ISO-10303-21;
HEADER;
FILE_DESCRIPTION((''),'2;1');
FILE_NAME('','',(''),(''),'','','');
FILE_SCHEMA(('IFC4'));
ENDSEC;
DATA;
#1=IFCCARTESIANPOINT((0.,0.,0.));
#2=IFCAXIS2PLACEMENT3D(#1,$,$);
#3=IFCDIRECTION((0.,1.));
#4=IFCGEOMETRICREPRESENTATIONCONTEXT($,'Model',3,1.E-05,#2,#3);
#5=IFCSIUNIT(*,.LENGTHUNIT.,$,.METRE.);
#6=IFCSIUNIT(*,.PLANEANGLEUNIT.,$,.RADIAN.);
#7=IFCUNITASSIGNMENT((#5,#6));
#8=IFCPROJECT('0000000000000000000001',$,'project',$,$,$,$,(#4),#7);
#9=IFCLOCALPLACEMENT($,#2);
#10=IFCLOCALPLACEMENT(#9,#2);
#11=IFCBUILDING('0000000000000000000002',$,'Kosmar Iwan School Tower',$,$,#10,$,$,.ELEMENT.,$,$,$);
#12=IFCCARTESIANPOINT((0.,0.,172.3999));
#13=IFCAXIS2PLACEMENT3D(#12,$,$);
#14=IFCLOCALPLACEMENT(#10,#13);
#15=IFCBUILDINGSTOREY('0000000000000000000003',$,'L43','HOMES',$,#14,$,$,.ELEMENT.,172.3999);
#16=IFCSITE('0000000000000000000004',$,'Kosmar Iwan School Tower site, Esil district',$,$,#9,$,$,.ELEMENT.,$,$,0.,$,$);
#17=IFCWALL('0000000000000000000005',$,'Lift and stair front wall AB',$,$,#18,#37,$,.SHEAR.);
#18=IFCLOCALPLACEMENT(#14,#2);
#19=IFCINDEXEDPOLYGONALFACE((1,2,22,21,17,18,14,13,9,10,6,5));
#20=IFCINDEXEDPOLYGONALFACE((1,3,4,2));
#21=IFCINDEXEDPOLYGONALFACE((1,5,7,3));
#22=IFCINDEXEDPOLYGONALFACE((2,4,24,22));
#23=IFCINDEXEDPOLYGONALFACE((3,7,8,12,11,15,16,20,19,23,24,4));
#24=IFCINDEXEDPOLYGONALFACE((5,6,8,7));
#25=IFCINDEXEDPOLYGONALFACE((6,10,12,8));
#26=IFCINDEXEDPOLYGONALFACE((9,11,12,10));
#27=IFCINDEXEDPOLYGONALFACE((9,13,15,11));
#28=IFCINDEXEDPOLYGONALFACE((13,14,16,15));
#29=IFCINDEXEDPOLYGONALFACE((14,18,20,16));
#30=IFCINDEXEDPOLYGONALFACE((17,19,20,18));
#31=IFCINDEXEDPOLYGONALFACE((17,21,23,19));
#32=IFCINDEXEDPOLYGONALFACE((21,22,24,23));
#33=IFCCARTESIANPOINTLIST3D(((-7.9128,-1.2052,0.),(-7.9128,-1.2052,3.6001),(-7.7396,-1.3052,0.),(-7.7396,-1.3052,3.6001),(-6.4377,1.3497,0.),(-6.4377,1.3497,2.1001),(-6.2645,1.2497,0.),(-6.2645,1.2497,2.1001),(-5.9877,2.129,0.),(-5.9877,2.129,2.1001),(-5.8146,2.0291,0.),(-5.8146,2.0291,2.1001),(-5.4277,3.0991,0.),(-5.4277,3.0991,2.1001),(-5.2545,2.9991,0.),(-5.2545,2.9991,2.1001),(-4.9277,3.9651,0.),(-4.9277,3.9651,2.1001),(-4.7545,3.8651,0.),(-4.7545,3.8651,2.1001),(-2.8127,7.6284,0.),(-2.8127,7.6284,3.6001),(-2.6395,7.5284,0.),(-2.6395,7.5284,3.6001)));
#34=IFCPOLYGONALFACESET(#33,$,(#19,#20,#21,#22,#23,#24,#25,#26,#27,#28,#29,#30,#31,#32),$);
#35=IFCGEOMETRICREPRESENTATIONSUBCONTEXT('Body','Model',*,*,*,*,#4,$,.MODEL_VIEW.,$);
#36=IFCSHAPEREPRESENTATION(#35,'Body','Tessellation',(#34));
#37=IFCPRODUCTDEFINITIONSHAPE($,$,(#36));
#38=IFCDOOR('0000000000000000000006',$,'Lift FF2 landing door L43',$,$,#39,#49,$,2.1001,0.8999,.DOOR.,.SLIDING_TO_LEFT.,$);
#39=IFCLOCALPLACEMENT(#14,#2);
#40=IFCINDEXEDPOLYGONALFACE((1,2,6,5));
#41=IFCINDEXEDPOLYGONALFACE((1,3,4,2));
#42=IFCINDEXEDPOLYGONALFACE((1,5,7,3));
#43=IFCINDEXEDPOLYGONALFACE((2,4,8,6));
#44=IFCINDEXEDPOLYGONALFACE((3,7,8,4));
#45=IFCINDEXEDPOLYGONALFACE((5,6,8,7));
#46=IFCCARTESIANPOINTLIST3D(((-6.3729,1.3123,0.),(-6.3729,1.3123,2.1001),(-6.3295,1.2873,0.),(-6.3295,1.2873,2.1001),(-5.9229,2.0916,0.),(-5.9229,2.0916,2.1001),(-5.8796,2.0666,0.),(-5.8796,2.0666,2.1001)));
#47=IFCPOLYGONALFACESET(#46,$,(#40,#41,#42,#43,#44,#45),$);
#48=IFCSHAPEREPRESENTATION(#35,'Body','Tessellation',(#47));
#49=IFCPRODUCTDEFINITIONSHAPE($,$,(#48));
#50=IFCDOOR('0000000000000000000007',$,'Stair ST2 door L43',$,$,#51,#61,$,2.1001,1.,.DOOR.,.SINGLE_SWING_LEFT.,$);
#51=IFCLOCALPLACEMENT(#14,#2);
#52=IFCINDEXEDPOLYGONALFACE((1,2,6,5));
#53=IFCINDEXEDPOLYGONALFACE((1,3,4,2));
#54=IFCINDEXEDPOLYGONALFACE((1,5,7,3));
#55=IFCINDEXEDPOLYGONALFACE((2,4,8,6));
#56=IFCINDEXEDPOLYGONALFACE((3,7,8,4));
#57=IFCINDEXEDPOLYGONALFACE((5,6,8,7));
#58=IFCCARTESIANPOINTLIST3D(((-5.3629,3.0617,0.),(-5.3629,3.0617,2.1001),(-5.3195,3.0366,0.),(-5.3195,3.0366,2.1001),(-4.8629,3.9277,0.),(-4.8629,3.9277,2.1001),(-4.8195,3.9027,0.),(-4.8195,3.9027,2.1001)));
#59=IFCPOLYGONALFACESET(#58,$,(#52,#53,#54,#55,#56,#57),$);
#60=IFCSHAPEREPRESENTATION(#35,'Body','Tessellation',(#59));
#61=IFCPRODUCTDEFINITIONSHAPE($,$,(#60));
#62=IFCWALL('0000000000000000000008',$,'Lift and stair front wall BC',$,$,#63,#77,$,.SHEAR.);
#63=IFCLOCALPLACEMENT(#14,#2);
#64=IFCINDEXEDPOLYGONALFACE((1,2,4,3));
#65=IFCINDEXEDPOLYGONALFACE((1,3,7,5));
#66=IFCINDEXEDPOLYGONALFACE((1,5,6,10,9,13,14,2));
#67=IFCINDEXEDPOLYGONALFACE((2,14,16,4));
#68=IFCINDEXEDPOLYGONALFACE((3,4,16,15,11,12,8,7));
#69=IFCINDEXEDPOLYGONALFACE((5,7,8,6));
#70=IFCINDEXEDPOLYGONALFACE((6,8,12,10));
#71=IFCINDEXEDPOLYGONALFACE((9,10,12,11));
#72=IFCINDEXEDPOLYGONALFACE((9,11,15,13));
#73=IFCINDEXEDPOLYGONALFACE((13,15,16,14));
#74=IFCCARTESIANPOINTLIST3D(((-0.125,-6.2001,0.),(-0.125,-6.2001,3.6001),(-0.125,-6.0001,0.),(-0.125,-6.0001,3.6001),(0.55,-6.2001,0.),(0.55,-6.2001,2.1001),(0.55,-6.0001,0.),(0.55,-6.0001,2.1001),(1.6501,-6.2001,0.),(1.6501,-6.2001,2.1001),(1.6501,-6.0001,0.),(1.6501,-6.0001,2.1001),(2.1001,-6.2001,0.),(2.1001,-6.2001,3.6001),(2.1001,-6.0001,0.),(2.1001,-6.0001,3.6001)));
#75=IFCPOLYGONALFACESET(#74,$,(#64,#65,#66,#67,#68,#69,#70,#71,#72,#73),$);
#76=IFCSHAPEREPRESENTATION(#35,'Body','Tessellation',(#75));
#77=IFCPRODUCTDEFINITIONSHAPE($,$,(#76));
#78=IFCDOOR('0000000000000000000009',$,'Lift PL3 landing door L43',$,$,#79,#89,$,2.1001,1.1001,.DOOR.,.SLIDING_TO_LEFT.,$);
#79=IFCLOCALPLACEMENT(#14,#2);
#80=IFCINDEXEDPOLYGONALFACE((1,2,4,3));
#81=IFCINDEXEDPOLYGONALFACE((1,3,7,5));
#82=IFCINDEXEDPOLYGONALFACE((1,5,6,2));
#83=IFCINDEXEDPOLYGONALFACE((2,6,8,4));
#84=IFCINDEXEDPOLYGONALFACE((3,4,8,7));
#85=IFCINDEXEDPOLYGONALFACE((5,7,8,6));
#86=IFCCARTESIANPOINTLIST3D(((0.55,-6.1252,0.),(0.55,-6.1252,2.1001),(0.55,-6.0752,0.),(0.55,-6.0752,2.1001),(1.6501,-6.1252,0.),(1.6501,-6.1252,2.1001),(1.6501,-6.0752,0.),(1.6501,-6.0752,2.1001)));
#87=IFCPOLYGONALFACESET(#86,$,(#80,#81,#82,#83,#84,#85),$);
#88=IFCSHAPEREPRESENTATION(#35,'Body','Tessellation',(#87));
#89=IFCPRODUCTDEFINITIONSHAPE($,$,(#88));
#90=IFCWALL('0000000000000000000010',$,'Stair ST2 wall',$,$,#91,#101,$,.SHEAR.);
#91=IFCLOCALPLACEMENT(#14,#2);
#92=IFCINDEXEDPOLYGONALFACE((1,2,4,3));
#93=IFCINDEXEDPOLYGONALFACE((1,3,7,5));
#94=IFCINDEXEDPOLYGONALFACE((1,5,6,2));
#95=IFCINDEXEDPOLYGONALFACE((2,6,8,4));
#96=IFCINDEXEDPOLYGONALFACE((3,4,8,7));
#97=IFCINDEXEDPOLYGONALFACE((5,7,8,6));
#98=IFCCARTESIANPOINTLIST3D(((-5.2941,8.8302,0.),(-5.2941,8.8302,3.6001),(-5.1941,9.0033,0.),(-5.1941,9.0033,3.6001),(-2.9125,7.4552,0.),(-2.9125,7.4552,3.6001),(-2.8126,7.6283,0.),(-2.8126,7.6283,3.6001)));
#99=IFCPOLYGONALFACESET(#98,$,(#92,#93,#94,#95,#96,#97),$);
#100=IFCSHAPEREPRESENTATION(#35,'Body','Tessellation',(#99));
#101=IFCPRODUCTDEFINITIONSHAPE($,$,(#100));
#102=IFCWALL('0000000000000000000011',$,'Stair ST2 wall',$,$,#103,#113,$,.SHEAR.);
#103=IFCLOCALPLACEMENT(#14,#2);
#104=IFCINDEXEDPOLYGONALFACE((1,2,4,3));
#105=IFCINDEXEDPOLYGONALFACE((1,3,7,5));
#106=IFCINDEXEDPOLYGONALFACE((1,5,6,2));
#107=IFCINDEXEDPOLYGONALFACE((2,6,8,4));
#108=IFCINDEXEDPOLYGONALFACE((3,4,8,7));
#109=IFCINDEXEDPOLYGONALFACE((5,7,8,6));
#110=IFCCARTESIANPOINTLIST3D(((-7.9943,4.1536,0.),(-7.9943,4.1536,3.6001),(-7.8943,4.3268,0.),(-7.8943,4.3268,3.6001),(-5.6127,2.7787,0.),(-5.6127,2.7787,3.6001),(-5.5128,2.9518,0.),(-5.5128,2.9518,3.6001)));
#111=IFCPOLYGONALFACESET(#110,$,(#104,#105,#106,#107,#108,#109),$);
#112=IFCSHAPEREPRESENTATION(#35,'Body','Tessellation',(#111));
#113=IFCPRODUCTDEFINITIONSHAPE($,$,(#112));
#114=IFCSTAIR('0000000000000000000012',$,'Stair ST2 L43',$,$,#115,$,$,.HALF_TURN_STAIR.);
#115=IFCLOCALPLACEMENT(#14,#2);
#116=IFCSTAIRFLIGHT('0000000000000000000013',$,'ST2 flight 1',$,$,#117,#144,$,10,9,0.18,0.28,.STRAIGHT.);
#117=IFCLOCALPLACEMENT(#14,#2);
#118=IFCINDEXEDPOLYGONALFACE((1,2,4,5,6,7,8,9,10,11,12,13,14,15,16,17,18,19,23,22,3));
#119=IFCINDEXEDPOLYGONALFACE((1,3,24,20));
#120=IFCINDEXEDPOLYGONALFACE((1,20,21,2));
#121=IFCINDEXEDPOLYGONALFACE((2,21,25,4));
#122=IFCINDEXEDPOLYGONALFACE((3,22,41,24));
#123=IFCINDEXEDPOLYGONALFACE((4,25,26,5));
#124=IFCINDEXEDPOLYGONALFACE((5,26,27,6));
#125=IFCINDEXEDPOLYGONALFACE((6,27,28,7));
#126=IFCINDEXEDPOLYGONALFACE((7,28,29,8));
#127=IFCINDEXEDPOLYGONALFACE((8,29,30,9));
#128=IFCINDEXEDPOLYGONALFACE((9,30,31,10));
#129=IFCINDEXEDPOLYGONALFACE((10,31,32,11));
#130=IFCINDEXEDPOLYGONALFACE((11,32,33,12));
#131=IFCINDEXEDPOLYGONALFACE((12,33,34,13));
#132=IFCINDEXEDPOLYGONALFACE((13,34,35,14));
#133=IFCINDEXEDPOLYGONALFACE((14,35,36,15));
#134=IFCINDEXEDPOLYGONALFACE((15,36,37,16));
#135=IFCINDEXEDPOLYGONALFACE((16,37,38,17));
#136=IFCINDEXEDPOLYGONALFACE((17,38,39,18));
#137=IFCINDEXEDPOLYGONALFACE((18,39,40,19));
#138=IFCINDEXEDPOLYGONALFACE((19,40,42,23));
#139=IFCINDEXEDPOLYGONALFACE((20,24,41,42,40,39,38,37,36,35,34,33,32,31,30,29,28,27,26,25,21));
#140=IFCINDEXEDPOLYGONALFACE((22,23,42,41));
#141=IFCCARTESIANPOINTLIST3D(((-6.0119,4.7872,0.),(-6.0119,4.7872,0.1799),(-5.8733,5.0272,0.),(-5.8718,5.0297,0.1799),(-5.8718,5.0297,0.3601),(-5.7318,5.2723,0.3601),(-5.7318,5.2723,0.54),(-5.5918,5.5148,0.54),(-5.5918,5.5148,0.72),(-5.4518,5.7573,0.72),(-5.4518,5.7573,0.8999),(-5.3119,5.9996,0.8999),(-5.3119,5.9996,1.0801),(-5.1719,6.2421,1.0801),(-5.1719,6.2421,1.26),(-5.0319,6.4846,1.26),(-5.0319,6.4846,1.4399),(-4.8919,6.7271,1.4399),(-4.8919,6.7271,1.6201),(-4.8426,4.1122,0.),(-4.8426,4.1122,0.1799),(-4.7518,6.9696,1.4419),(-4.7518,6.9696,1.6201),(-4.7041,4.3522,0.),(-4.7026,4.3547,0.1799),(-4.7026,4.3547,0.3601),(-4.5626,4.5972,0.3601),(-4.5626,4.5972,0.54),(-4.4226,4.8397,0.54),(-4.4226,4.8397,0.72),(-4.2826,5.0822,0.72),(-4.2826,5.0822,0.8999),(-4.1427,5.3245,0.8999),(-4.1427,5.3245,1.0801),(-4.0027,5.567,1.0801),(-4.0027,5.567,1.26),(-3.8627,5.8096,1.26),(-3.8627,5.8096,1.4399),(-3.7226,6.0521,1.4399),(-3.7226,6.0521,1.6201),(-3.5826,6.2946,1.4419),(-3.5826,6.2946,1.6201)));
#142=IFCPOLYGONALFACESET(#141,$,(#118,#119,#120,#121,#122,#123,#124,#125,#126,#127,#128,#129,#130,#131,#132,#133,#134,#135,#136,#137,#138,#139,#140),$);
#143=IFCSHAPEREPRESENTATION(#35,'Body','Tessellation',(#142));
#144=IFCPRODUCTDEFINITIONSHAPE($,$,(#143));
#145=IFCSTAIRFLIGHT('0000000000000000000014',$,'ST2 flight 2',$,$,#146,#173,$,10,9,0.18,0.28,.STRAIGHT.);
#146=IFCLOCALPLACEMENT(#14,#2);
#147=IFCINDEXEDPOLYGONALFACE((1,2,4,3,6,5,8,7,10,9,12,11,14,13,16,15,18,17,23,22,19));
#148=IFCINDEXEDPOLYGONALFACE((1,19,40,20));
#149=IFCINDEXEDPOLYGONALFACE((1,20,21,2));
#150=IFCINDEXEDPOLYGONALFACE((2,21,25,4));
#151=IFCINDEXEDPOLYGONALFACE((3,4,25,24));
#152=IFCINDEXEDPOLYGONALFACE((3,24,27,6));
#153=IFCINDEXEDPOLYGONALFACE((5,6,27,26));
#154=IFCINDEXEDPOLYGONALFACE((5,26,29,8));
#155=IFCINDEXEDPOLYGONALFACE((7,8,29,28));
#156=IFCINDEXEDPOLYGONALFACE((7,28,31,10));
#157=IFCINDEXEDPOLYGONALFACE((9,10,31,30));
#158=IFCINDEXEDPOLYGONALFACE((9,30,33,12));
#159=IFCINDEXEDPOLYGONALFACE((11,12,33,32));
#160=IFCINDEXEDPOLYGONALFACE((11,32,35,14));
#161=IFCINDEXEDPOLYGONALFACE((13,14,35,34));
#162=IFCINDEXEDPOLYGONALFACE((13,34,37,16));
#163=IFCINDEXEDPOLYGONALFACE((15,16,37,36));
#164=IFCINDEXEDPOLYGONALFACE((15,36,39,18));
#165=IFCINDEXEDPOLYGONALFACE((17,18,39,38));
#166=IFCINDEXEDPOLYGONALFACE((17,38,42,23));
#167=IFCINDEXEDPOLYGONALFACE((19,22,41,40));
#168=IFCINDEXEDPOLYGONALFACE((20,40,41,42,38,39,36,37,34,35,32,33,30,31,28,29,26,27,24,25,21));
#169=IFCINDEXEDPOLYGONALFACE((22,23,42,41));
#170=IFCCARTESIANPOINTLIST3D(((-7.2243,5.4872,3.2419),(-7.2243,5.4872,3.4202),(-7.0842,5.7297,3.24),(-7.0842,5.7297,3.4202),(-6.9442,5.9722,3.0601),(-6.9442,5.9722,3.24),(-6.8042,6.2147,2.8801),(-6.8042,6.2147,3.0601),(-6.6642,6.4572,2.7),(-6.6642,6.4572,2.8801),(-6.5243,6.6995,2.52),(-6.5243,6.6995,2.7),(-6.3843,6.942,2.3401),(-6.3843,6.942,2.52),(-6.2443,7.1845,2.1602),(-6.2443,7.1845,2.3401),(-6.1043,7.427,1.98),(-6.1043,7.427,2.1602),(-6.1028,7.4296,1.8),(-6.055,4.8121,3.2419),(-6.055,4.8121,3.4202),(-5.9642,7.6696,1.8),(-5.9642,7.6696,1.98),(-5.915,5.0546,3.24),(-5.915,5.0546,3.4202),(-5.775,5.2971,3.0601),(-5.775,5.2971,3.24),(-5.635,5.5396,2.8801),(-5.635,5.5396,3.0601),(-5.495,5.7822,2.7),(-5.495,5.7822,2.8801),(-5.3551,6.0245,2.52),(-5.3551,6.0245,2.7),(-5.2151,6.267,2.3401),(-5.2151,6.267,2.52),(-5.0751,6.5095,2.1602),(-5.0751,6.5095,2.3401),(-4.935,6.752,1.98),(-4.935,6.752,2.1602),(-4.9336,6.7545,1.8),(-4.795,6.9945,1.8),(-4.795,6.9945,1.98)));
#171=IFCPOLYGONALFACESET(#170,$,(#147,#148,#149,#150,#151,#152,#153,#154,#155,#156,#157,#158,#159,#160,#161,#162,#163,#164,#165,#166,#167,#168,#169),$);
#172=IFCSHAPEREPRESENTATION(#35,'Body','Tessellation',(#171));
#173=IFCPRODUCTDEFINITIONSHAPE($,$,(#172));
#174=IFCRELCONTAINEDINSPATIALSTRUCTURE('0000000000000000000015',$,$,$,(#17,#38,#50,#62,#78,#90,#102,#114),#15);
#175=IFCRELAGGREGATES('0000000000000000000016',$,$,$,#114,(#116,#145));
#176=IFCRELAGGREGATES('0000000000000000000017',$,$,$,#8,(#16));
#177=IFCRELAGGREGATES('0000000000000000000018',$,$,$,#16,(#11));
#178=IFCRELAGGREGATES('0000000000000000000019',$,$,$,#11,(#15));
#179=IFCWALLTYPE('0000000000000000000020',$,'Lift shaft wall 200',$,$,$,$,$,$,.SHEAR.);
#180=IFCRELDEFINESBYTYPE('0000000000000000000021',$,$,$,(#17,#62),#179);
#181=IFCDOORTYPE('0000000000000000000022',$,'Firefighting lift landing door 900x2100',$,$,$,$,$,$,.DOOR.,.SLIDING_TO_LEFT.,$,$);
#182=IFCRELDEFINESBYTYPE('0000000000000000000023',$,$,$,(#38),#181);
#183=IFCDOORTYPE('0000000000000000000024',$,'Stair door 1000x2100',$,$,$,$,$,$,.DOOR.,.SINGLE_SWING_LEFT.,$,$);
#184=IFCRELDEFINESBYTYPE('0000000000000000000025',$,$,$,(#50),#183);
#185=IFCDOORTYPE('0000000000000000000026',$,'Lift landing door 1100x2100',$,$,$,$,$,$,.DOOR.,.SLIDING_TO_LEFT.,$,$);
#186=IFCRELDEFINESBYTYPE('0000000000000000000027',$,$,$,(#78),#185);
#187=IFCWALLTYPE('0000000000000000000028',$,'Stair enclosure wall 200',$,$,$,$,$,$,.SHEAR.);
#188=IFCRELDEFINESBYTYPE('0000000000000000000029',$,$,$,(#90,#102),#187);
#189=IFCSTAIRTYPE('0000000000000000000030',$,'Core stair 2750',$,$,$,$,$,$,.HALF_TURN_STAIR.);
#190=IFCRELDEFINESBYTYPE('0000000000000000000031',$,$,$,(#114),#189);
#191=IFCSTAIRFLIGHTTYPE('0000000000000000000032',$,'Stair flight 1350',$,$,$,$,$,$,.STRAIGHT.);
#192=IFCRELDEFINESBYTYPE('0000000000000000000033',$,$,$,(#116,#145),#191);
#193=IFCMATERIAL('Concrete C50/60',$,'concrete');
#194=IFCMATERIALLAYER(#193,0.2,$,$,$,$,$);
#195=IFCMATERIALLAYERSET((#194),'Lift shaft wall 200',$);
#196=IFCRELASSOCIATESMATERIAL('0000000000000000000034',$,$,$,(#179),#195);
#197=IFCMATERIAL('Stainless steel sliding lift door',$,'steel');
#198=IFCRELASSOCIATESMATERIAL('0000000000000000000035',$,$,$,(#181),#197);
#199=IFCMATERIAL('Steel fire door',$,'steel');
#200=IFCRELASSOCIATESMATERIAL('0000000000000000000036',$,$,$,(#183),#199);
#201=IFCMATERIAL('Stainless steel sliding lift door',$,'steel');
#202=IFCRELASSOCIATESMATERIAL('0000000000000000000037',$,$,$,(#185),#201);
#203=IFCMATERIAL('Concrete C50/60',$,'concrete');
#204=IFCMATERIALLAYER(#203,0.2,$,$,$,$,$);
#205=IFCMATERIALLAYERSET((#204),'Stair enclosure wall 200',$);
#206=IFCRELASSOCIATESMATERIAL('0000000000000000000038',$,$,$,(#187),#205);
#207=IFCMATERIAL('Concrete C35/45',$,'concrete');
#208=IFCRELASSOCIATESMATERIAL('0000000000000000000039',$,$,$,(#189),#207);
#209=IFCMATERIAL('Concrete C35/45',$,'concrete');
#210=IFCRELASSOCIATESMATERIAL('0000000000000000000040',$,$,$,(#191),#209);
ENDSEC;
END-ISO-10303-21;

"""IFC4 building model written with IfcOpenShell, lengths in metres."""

from ifc_helpers import new_model, si_unit, direction, frame, frame_2d, origin, place, context, subcontext, project, spatial, polyline, rectangle, outline, extrude, material, layer, layer_set, type_object, element, fill, aggregate, save


model = new_model("IFC4")

# Units and contexts
model_context = context("Model", 3, precision=1e-05, world=origin(), true_north=direction((0.0, 1.0)))
body_context = subcontext(model_context, "Body", "Model", "MODEL_VIEW")
ifc_project = project(units=[si_unit("LENGTHUNIT", "METRE"), si_unit("PLANEANGLEUNIT", "RADIAN")], contexts=[model_context])

# Site, building, storey
site_placement = place(None, origin())
site = spatial("IfcSite", under=ifc_project, at=site_placement, Name="Kosmar Iwan School Tower site, Esil district", CompositionType="ELEMENT", RefElevation=0.0)
building_placement = place(site_placement, origin())
building = spatial("IfcBuilding", under=site, at=building_placement, Name="Kosmar Iwan School Tower", CompositionType="ELEMENT")
storey_placement = place(building_placement, frame((0.0, 0.0, 172.3999)))
storey = spatial("IfcBuildingStorey", under=building, at=storey_placement, Name="L43", Description="HOMES", CompositionType="ELEMENT", Elevation=172.3999)

# Wall, openings, doors
ifc_material_1 = material(Name="Concrete C50/60", Category="concrete")
ifc_layer_1 = layer(ifc_material_1, 0.2)
ifc_layer_set_1 = layer_set([ifc_layer_1], Name="Lift shaft wall 200")
wall_type_1 = type_object("IfcWallType", Name="Lift shaft wall 200", PredefinedType="SHEAR", material=ifc_layer_set_1)
wall_1_placement = place(storey_placement, frame((-2.7261, 7.5784, 0.0), z_axis=(0.0, 0.0, 1.0), x_axis=(-0.500006, -0.866022, 0.0)))
wall_1 = element("IfcWall", 1, at=wall_1_placement, inside=storey, type_object=wall_type_1, Name="Lift and stair front wall AB", PredefinedType="SHEAR", context=body_context, shape_type="SweptSolid", body=[
    extrude(rectangle(XDim=10.2002, YDim=0.2, at=frame_2d((5.1001, 0.0))), origin(), (0.0, 0.0, 1.0), 3.6001),
])
opening_1_placement = place(wall_1_placement, frame((6.3501, 0.0, 0.0)))
opening_1 = element("IfcOpeningElement", 2, at=opening_1_placement, cuts=wall_1, PredefinedType="OPENING", context=body_context, shape_type="SweptSolid", body=[
    extrude(rectangle(XDim=0.8999, YDim=2.1001, at=frame_2d((0.45, 1.05))), frame((0.0, 0.1121, 0.0), z_axis=(0.0, -1.0, 0.0), x_axis=(1.0, 0.0, 0.0)), (0.0, 0.0, 1.0), 0.2239),
])
opening_2_placement = place(wall_1_placement, frame((4.23, 0.0, 0.0)))
opening_2 = element("IfcOpeningElement", 3, at=opening_2_placement, cuts=wall_1, PredefinedType="OPENING", context=body_context, shape_type="SweptSolid", body=[
    extrude(rectangle(XDim=1.0, YDim=2.1001, at=frame_2d((0.5, 1.05))), frame((0.0, 0.1121, 0.0), z_axis=(0.0, -1.0, 0.0), x_axis=(1.0, 0.0, 0.0)), (0.0, 0.0, 1.0), 0.2239),
])
ifc_material_2 = material(Name="Stainless steel sliding lift door", Category="steel")
door_type_1 = type_object("IfcDoorType", Name="Firefighting lift landing door 900x2100", OperationType="SLIDING_TO_LEFT", PredefinedType="DOOR", material=ifc_material_2)
door_1_placement = place(opening_1_placement, origin())
door_1 = element("IfcDoor", 4, at=door_1_placement, inside=storey, type_object=door_type_1, Name="Lift FF2 landing door L43", OperationType="SLIDING_TO_LEFT", OverallHeight=2.1001, OverallWidth=0.8999, PredefinedType="DOOR", context=body_context, shape_type="SweptSolid", body=[
    extrude(rectangle(XDim=0.8999, YDim=2.1001, at=frame_2d((0.45, 1.05))), frame((0.0, 0.0249, 0.0), z_axis=(0.0, -1.0, 0.0), x_axis=(1.0, 0.0, 0.0)), (0.0, 0.0, 1.0), 0.05),
])
fill(opening_1, door_1)
ifc_material_3 = material(Name="Steel fire door", Category="steel")
door_type_2 = type_object("IfcDoorType", Name="Stair door 1000x2100", OperationType="SINGLE_SWING_LEFT", PredefinedType="DOOR", material=ifc_material_3)
door_2_placement = place(opening_2_placement, origin())
door_2 = element("IfcDoor", 5, at=door_2_placement, inside=storey, type_object=door_type_2, Name="Stair ST2 door L43", OperationType="SINGLE_SWING_LEFT", OverallHeight=2.1001, OverallWidth=1.0, PredefinedType="DOOR", context=body_context, shape_type="SweptSolid", body=[
    extrude(rectangle(XDim=1.0, YDim=2.1001, at=frame_2d((0.5, 1.05))), frame((0.0, 0.0249, 0.0), z_axis=(0.0, -1.0, 0.0), x_axis=(1.0, 0.0, 0.0)), (0.0, 0.0, 1.0), 0.05),
])
fill(opening_2, door_2)

# Wall, opening, door
wall_2_placement = place(storey_placement, frame((-0.125, -6.1001, 0.0), z_axis=(0.0, 0.0, 1.0), x_axis=(1.0, 0.0, 0.0)))
wall_2 = element("IfcWall", 6, at=wall_2_placement, inside=storey, type_object=wall_type_1, Name="Lift and stair front wall BC", PredefinedType="SHEAR", context=body_context, shape_type="SweptSolid", body=[
    extrude(rectangle(XDim=2.2251, YDim=0.2, at=frame_2d((1.1125, 0.0))), origin(), (0.0, 0.0, 1.0), 3.6001),
])
opening_3_placement = place(wall_2_placement, frame((0.675, 0.0, 0.0)))
opening_3 = element("IfcOpeningElement", 7, at=opening_3_placement, cuts=wall_2, PredefinedType="OPENING", context=body_context, shape_type="SweptSolid", body=[
    extrude(rectangle(XDim=1.1001, YDim=2.1001, at=frame_2d((0.55, 1.05))), frame((0.0, 0.1121, 0.0), z_axis=(0.0, -1.0, 0.0), x_axis=(1.0, 0.0, 0.0)), (0.0, 0.0, 1.0), 0.2239),
])
ifc_material_4 = material(Name="Stainless steel sliding lift door", Category="steel")
door_type_3 = type_object("IfcDoorType", Name="Lift landing door 1100x2100", OperationType="SLIDING_TO_LEFT", PredefinedType="DOOR", material=ifc_material_4)
door_3_placement = place(opening_3_placement, origin())
door_3 = element("IfcDoor", 8, at=door_3_placement, inside=storey, type_object=door_type_3, Name="Lift PL3 landing door L43", OperationType="SLIDING_TO_LEFT", OverallHeight=2.1001, OverallWidth=1.1001, PredefinedType="DOOR", context=body_context, shape_type="SweptSolid", body=[
    extrude(rectangle(XDim=1.1001, YDim=2.1001, at=frame_2d((0.55, 1.05))), frame((0.0, 0.0249, 0.0), z_axis=(0.0, -1.0, 0.0), x_axis=(1.0, 0.0, 0.0)), (0.0, 0.0, 1.0), 0.05),
])
fill(opening_3, door_3)

# Walls
ifc_material_5 = material(Name="Concrete C50/60", Category="concrete")
ifc_layer_2 = layer(ifc_material_5, 0.2)
ifc_layer_set_2 = layer_set([ifc_layer_2], Name="Stair enclosure wall 200")
wall_type_2 = type_object("IfcWallType", Name="Stair enclosure wall 200", PredefinedType="SHEAR", material=ifc_layer_set_2)
for number, where, z_axis, x_axis, name in (
    (9, (-2.8625, 7.5417, 0.0), (0.0, 0.0, 1.0), (-0.866027, 0.499997, 0.0), "Stair ST2 wall"),
    (10, (-5.5627, 2.8652, 0.0), (0.0, 0.0, 1.0), (-0.866027, 0.499997, 0.0), "Stair ST2 wall"),
):
    element("IfcWall", number, at=place(storey_placement, frame(where, z_axis=z_axis, x_axis=x_axis)), inside=storey, type_object=wall_type_2, Name=name, PredefinedType="SHEAR", context=body_context, shape_type="SweptSolid", body=[
        extrude(rectangle(XDim=2.75, YDim=0.2, at=frame_2d((1.375, 0.0))), origin(), (0.0, 0.0, 1.0), 3.6001),
    ])

# Stair, stair flights
ifc_material_6 = material(Name="Concrete C35/45", Category="concrete")
stair_type = type_object("IfcStairType", Name="Core stair 2750", PredefinedType="HALF_TURN_STAIR", material=ifc_material_6)
stair_placement = place(storey_placement, origin())
stair = element("IfcStair", 11, at=stair_placement, inside=storey, type_object=stair_type, Name="Stair ST2 L43", PredefinedType="HALF_TURN_STAIR")
ifc_material_7 = material(Name="Concrete C35/45", Category="concrete")
stair_flight_type = type_object("IfcStairFlightType", Name="Stair flight 1350", PredefinedType="STRAIGHT", material=ifc_material_7)
stair_flight_1_placement = place(storey_placement, frame((-5.4272, 4.4497, 0.0), z_axis=(0.0, 0.0, 1.0), x_axis=(0.5, 0.866025, 0.0)))
stair_flight_1 = element("IfcStairFlight", 12, at=stair_flight_1_placement, type_object=stair_flight_type, Name="ST2 flight 1", NumberOfRisers=10, NumberOfTreads=9, PredefinedType="STRAIGHT", RiserHeight=0.18, TreadLength=0.28, context=body_context, shape_type="SweptSolid", body=[
    extrude(outline(polyline([(0.0, 0.0), (0.0, 0.1799), (0.28, 0.1799), (0.28, 0.3601), (0.5601, 0.3601), (0.5601, 0.54), (0.8401, 0.54), (0.8401, 0.72), (1.1201, 0.72), (1.1201, 0.8999), (1.3999, 0.8999), (1.3999, 1.0801), (1.6799, 1.0801), (1.6799, 1.26), (1.96, 1.26), (1.96, 1.4399), (2.24, 1.4399), (2.24, 1.6201), (2.52, 1.6201), (2.52, 1.8), (2.52, 1.4419), (0.2771, 0.0), (0.0, 0.0)])), frame((0.0, 0.675, 0.0), z_axis=(0.0, -1.0, 0.0), x_axis=(1.0, 0.0, 0.0)), (0.0, 0.0, 1.0), 1.3501),
])
stair_flight_2_placement = place(storey_placement, frame((-5.3796, 7.332, 1.8), z_axis=(0.0, 0.0, 1.0), x_axis=(-0.5, -0.866025, 0.0)))
stair_flight_2 = element("IfcStairFlight", 13, at=stair_flight_2_placement, type_object=stair_flight_type, Name="ST2 flight 2", NumberOfRisers=10, NumberOfTreads=9, PredefinedType="STRAIGHT", RiserHeight=0.18, TreadLength=0.28, context=body_context, shape_type="SweptSolid", body=[
    extrude(outline(polyline([(0.0, 0.0), (0.0, 0.1799), (0.28, 0.1799), (0.28, 0.3601), (0.5601, 0.3601), (0.5601, 0.54), (0.8401, 0.54), (0.8401, 0.72), (1.1201, 0.72), (1.1201, 0.8999), (1.3999, 0.8999), (1.3999, 1.0801), (1.6799, 1.0801), (1.6799, 1.26), (1.96, 1.26), (1.96, 1.4399), (2.24, 1.4399), (2.24, 1.6201), (2.52, 1.6201), (2.52, 1.8), (2.52, 1.4419), (0.2771, 0.0), (0.0, 0.0)])), frame((0.0, 0.675, 0.0), z_axis=(0.0, -1.0, 0.0), x_axis=(1.0, 0.0, 0.0)), (0.0, 0.0, 1.0), 1.3501),
])
aggregate(stair, [stair_flight_1, stair_flight_2])

save(model, "model.ifc")
